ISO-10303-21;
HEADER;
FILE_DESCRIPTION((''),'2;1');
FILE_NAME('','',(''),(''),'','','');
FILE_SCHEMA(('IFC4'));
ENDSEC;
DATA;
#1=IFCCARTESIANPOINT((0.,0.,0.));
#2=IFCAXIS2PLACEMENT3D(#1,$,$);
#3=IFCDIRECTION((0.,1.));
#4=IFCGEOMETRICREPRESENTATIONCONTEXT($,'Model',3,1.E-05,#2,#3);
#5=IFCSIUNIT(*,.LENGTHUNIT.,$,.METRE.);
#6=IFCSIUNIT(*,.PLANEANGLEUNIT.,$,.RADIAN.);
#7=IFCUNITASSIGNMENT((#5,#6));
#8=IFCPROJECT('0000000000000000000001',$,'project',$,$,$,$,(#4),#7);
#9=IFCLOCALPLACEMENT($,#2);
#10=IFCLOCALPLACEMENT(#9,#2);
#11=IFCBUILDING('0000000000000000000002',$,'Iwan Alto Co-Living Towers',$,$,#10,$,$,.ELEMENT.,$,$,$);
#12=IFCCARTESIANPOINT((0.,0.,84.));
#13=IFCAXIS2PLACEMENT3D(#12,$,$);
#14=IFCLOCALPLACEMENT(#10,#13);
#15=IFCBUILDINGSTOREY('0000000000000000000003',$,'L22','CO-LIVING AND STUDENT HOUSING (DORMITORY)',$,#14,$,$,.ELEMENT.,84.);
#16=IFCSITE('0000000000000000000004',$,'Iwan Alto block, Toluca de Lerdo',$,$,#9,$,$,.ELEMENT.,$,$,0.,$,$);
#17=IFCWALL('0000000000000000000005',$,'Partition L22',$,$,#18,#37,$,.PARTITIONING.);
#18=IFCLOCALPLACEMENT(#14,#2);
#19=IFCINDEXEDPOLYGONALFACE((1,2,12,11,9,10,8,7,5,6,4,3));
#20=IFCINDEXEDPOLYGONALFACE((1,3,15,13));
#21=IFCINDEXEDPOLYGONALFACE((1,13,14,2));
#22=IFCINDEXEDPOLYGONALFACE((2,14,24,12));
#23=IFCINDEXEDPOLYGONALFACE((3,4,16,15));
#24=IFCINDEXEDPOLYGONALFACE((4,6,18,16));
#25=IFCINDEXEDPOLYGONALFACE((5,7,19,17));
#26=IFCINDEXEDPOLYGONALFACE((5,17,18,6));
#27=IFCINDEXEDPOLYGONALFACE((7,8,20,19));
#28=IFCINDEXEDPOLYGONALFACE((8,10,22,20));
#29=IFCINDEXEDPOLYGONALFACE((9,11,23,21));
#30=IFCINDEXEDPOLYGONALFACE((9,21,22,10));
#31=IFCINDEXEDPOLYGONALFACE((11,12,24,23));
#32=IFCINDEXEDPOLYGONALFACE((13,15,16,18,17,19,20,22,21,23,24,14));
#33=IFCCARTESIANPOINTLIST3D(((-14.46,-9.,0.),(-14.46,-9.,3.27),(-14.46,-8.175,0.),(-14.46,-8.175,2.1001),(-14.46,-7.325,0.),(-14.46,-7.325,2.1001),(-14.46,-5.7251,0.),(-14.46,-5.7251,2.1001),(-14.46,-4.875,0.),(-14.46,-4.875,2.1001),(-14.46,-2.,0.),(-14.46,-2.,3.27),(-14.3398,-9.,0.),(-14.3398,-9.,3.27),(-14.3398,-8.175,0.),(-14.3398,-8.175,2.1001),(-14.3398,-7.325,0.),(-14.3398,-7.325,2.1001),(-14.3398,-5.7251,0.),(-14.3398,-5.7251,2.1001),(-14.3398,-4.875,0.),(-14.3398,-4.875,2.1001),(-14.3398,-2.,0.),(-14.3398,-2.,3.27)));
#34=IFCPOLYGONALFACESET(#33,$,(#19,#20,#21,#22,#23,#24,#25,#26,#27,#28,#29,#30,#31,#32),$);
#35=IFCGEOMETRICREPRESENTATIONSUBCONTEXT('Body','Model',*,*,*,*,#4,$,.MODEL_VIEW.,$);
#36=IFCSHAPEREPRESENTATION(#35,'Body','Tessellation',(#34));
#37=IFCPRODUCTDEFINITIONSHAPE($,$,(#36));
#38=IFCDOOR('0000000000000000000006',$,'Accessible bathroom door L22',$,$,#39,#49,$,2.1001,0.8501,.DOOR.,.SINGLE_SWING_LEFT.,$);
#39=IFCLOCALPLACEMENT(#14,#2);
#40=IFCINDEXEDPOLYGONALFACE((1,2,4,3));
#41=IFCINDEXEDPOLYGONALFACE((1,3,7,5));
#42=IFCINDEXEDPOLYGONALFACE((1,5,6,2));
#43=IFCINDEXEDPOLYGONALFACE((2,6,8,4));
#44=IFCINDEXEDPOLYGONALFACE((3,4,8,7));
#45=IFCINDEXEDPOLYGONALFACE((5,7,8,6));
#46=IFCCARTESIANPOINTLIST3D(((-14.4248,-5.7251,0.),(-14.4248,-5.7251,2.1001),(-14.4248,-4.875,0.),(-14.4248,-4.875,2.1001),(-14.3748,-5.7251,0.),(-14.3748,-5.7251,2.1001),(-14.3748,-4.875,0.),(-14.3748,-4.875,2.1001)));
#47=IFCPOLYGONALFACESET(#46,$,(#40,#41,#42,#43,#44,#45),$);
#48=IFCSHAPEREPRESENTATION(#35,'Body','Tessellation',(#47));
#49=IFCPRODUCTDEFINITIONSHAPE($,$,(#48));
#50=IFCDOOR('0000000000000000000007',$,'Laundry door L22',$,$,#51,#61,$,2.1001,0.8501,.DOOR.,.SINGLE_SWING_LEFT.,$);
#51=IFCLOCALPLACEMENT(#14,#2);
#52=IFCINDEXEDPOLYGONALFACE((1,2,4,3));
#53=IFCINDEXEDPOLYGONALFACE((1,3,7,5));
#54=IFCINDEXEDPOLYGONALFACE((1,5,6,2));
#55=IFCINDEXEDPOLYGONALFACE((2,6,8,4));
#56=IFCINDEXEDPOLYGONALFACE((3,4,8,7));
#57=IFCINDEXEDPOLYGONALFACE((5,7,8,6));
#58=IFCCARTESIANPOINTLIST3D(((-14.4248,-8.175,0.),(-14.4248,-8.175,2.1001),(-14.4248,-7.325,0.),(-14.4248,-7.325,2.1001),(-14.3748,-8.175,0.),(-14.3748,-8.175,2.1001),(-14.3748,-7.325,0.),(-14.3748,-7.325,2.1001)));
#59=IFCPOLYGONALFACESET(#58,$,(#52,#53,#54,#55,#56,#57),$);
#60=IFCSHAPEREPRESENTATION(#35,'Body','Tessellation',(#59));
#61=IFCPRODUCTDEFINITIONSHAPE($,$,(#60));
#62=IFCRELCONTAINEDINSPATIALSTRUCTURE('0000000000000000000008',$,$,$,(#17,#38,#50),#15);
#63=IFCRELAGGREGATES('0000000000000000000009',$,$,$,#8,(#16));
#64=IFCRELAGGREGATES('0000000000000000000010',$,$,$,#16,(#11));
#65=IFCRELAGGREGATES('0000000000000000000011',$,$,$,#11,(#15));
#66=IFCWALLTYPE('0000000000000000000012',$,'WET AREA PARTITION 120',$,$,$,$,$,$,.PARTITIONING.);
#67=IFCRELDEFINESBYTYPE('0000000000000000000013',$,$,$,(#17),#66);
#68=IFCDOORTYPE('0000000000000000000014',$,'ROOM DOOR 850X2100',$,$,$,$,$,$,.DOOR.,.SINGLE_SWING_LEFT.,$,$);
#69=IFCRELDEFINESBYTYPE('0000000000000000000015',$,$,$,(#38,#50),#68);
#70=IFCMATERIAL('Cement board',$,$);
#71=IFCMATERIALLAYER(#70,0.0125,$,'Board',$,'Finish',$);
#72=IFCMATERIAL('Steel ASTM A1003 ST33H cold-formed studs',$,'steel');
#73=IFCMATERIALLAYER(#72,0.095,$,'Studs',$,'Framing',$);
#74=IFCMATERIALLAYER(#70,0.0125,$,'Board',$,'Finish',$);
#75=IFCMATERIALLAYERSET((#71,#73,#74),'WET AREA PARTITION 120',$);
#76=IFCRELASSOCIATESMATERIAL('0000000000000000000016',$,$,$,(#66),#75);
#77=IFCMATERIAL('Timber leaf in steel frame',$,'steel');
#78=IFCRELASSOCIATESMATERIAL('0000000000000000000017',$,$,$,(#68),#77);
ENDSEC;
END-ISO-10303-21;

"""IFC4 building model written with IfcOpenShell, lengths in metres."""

from ifc_helpers import new_model, si_unit, direction, frame, frame_2d, origin, place, context, subcontext, project, spatial, rectangle, extrude, material, layer, layer_set, type_object, element, fill, save


model = new_model("IFC4")

# Units and contexts
model_context = context("Model", 3, precision=1e-05, world=origin(), true_north=direction((0.0, 1.0)))
body_context = subcontext(model_context, "Body", "Model", "MODEL_VIEW")
ifc_project = project(units=[si_unit("LENGTHUNIT", "METRE"), si_unit("PLANEANGLEUNIT", "RADIAN")], contexts=[model_context])

# Site, building, storey
site_placement = place(None, origin())
site = spatial("IfcSite", under=ifc_project, at=site_placement, Name="Iwan Alto block, Toluca de Lerdo", CompositionType="ELEMENT", RefElevation=0.0)
building_placement = place(site_placement, origin())
building = spatial("IfcBuilding", under=site, at=building_placement, Name="Iwan Alto Co-Living Towers", CompositionType="ELEMENT")
storey_placement = place(building_placement, frame((0.0, 0.0, 84.0)))
storey = spatial("IfcBuildingStorey", under=building, at=storey_placement, Name="L22", Description="CO-LIVING AND STUDENT HOUSING (DORMITORY)", CompositionType="ELEMENT", Elevation=84.0)

# Shared definitions
ifc_material_1 = material(Name="Steel ASTM A1003 ST33H cold-formed studs", Category="steel")

# Shared definitions
ifc_material_2 = material(Name="Cement board")
ifc_layer_1 = layer(ifc_material_2, 0.0125, Name="Board", Category="Finish")
ifc_layer_2 = layer(ifc_material_1, 0.095, Name="Studs", Category="Framing")
ifc_layer_3 = layer(ifc_material_2, 0.0125, Name="Board", Category="Finish")
ifc_layer_set_1 = layer_set([ifc_layer_1, ifc_layer_2, ifc_layer_3], Name="WET AREA PARTITION 120")
wall_type_1 = type_object("IfcWallType", Name="WET AREA PARTITION 120", PredefinedType="PARTITIONING", material=ifc_layer_set_1)

# Shared definitions
ifc_material_3 = material(Name="Timber leaf in steel frame", Category="steel")
door_type_1 = type_object("IfcDoorType", Name="ROOM DOOR 850X2100", OperationType="SINGLE_SWING_LEFT", PredefinedType="DOOR", material=ifc_material_3)

# Wall, openings, doors
wall_1_placement = place(storey_placement, frame((-14.3999, -9.0, 0.0), z_axis=(0.0, 0.0, 1.0), x_axis=(0.0, 1.0, 0.0)))
wall_1 = element("IfcWall", 1, at=wall_1_placement, inside=storey, type_object=wall_type_1, Name="Partition L22", PredefinedType="PARTITIONING", context=body_context, shape_type="SweptSolid", body=[
    extrude(rectangle(XDim=7.0, YDim=0.1201, at=frame_2d((3.5, 0.0))), origin(), (0.0, 0.0, 1.0), 3.27),
])
opening_1_placement = place(wall_1_placement, frame((3.2749, 0.0, 0.0)))
opening_1 = element("IfcOpeningElement", 2, at=opening_1_placement, cuts=wall_1, PredefinedType="OPENING", context=body_context, shape_type="SweptSolid", body=[
    extrude(rectangle(XDim=0.8501, YDim=2.1001, at=frame_2d((0.425, 1.05))), frame((0.0, 0.0701, 0.0), z_axis=(0.0, -1.0, 0.0), x_axis=(1.0, 0.0, 0.0)), (0.0, 0.0, 1.0), 0.1401),
])
opening_2_placement = place(wall_1_placement, frame((0.825, 0.0, 0.0)))
opening_2 = element("IfcOpeningElement", 3, at=opening_2_placement, cuts=wall_1, PredefinedType="OPENING", context=body_context, shape_type="SweptSolid", body=[
    extrude(rectangle(XDim=0.8501, YDim=2.1001, at=frame_2d((0.425, 1.05))), frame((0.0, 0.0701, 0.0), z_axis=(0.0, -1.0, 0.0), x_axis=(1.0, 0.0, 0.0)), (0.0, 0.0, 1.0), 0.1401),
])
door_1_placement = place(opening_1_placement, origin())
door_1 = element("IfcDoor", 4, at=door_1_placement, inside=storey, type_object=door_type_1, Name="Accessible bathroom door L22", OperationType="SINGLE_SWING_LEFT", OverallHeight=2.1001, OverallWidth=0.8501, PredefinedType="DOOR", context=body_context, shape_type="SweptSolid", body=[
    extrude(rectangle(XDim=0.8501, YDim=2.1001, at=frame_2d((0.425, 1.05))), frame((0.0, 0.0249, 0.0), z_axis=(0.0, -1.0, 0.0), x_axis=(1.0, 0.0, 0.0)), (0.0, 0.0, 1.0), 0.05),
])
fill(opening_1, door_1)
door_2_placement = place(opening_2_placement, origin())
door_2 = element("IfcDoor", 5, at=door_2_placement, inside=storey, type_object=door_type_1, Name="Laundry door L22", OperationType="SINGLE_SWING_LEFT", OverallHeight=2.1001, OverallWidth=0.8501, PredefinedType="DOOR", context=body_context, shape_type="SweptSolid", body=[
    extrude(rectangle(XDim=0.8501, YDim=2.1001, at=frame_2d((0.425, 1.05))), frame((0.0, 0.0249, 0.0), z_axis=(0.0, -1.0, 0.0), x_axis=(1.0, 0.0, 0.0)), (0.0, 0.0, 1.0), 0.05),
])
fill(opening_2, door_2)

save(model, "model.ifc")
